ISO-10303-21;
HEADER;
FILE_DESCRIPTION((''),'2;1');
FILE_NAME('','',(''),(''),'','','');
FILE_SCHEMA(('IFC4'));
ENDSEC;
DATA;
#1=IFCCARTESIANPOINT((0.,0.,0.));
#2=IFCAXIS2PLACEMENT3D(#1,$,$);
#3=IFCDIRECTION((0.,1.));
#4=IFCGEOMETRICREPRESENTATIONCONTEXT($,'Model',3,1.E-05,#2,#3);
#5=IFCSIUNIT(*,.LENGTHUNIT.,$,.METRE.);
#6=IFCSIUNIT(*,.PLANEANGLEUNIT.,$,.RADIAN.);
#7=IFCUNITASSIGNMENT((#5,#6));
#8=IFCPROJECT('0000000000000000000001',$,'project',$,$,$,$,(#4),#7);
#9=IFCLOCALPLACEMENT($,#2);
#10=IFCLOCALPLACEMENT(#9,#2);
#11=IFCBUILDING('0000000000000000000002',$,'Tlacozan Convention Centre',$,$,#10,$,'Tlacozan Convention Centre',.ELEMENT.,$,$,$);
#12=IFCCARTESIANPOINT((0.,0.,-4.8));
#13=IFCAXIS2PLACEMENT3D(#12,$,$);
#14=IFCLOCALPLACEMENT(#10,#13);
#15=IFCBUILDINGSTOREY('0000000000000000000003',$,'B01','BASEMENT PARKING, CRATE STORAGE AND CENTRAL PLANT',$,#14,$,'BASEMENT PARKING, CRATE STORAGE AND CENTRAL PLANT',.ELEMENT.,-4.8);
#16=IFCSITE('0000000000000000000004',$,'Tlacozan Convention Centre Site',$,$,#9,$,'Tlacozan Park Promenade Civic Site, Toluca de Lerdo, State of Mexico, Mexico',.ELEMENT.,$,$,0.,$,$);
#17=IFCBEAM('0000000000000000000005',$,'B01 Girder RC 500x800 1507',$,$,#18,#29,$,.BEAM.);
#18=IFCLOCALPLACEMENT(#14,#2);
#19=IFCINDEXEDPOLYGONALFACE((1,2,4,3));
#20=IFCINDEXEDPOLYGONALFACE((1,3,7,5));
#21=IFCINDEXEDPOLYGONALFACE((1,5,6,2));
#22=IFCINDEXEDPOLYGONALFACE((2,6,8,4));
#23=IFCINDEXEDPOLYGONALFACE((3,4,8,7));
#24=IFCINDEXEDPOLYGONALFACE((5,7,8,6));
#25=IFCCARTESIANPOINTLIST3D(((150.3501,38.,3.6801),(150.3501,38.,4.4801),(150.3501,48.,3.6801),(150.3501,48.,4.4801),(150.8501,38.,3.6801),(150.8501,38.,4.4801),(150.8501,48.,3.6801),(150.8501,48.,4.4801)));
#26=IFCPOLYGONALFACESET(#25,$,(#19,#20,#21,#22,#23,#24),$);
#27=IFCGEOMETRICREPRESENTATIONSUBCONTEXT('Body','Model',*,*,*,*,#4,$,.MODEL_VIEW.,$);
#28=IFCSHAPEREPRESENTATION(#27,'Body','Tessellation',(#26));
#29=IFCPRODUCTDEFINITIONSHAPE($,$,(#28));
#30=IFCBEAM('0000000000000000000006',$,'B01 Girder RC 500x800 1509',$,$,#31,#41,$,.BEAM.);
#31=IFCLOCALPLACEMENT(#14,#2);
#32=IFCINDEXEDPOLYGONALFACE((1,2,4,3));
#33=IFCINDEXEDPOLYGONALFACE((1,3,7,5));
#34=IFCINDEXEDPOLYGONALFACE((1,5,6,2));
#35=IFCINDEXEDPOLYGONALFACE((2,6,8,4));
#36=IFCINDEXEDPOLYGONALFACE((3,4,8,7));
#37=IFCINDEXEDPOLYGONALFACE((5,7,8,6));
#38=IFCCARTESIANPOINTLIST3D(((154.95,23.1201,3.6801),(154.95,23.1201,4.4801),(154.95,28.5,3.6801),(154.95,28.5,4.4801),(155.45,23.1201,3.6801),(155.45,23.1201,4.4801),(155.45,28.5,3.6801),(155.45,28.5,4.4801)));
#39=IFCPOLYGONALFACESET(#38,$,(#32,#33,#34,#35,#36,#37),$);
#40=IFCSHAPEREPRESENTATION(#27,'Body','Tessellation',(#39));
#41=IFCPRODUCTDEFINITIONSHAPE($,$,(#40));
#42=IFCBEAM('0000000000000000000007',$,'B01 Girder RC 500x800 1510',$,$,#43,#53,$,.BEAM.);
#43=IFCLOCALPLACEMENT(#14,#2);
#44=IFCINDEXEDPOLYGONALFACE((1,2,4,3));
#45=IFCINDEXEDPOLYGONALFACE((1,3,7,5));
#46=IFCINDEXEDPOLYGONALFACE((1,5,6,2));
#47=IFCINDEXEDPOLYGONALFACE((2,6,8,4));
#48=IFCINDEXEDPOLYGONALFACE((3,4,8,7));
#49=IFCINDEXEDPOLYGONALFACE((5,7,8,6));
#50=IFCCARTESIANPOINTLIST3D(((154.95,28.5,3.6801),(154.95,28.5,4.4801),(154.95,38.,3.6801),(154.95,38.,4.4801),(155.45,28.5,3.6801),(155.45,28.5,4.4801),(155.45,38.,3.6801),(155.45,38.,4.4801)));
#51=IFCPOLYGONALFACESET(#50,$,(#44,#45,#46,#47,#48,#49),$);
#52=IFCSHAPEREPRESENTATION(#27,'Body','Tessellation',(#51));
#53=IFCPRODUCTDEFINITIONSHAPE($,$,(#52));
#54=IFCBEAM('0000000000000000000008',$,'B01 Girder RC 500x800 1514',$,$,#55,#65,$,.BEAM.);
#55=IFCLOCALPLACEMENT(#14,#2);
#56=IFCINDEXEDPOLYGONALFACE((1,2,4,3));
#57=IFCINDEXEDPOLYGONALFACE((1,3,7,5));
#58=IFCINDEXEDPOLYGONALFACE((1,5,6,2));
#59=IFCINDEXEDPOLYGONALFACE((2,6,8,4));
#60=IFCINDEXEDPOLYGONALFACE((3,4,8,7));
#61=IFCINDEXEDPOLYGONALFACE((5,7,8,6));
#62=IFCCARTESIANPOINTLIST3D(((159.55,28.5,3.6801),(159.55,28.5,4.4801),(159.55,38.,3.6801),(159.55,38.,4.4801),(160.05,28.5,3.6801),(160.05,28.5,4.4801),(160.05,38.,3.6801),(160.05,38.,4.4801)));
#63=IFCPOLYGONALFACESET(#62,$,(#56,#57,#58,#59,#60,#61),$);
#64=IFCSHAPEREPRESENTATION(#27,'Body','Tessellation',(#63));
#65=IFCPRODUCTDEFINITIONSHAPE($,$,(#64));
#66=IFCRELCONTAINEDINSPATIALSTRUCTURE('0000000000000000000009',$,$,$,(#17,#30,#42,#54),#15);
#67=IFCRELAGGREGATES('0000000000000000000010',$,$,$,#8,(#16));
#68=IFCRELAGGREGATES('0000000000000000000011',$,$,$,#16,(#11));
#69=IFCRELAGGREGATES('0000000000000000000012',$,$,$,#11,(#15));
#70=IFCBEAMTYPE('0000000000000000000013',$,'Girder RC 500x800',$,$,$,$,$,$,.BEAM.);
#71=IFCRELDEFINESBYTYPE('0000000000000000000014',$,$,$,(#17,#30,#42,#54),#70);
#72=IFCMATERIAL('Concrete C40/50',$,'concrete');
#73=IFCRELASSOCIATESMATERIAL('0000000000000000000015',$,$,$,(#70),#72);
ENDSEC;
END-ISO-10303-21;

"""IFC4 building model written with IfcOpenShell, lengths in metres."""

from ifc_helpers import new_model, si_unit, direction, frame, origin, origin_2d, place, context, subcontext, project, spatial, rectangle, extrude, material, material_profile, profile_set, type_object, element, save


model = new_model("IFC4")

# Units and contexts
model_context = context("Model", 3, precision=1e-05, world=origin(), true_north=direction((0.0, 1.0)))
body_context = subcontext(model_context, "Body", "Model", "MODEL_VIEW")
ifc_project = project(units=[si_unit("LENGTHUNIT", "METRE"), si_unit("PLANEANGLEUNIT", "RADIAN")], contexts=[model_context])

# Site, building, storey
site_placement = place(None, origin())
site = spatial("IfcSite", under=ifc_project, at=site_placement, Name="Tlacozan Convention Centre Site", LongName="Tlacozan Park Promenade Civic Site, Toluca de Lerdo, State of Mexico, Mexico", CompositionType="ELEMENT", RefElevation=0.0)
building_placement = place(site_placement, origin())
building = spatial("IfcBuilding", under=site, at=building_placement, Name="Tlacozan Convention Centre", LongName="Tlacozan Convention Centre", CompositionType="ELEMENT")
storey_placement = place(building_placement, frame((0.0, 0.0, -4.8)))
storey = spatial("IfcBuildingStorey", under=building, at=storey_placement, Name="B01", Description="BASEMENT PARKING, CRATE STORAGE AND CENTRAL PLANT", LongName="BASEMENT PARKING, CRATE STORAGE AND CENTRAL PLANT", CompositionType="ELEMENT", Elevation=-4.8)

# Shared definitions
ifc_material_1 = material(Name="Concrete C40/50", Category="concrete")

# Beams
ifc_material_profile_1 = material_profile(ifc_material_1, rectangle(XDim=0.5, YDim=0.8, at=origin_2d()), Name="RC 500x800")
ifc_profile_set_1 = profile_set([ifc_material_profile_1], Name="Concrete C40/50")
beam_type_1 = type_object("IfcBeamType", Name="Girder RC 500x800", PredefinedType="BEAM", material=ifc_profile_set_1)
beam_1_placement = place(storey_placement, frame((150.6001, 38.0, 4.0801), z_axis=(0.0, 1.0, 0.0), x_axis=(-1.0, 0.0, 0.0)))
element("IfcBeam", 1, at=beam_1_placement, inside=storey, type_object=beam_type_1, Name="B01 Girder RC 500x800 1507", PredefinedType="BEAM", context=body_context, shape_type="SweptSolid", body=[
    extrude(rectangle(XDim=0.5, YDim=0.8, at=origin_2d()), origin(), (0.0, 0.0, 1.0), 10.0),
])
beam_2_placement = place(storey_placement, frame((155.2, 23.1201, 4.0801), z_axis=(0.0, 1.0, 0.0), x_axis=(-1.0, 0.0, 0.0)))
element("IfcBeam", 2, at=beam_2_placement, inside=storey, type_object=beam_type_1, Name="B01 Girder RC 500x800 1509", PredefinedType="BEAM", context=body_context, shape_type="SweptSolid", body=[
    extrude(rectangle(XDim=0.5, YDim=0.8, at=origin_2d()), origin(), (0.0, 0.0, 1.0), 5.3799),
])
for number, where, z_axis, x_axis, name in (
    (3, (155.2, 28.5, 4.0801), (0.0, 1.0, 0.0), (-1.0, 0.0, 0.0), "B01 Girder RC 500x800 1510"),
    (4, (159.8, 28.5, 4.0801), (0.0, 1.0, 0.0), (-1.0, 0.0, 0.0), "B01 Girder RC 500x800 1514"),
):
    element("IfcBeam", number, at=place(storey_placement, frame(where, z_axis=z_axis, x_axis=x_axis)), inside=storey, type_object=beam_type_1, Name=name, PredefinedType="BEAM", context=body_context, shape_type="SweptSolid", body=[
        extrude(rectangle(XDim=0.5, YDim=0.8, at=origin_2d()), origin(), (0.0, 0.0, 1.0), 9.5),
    ])

save(model, "model.ifc")
